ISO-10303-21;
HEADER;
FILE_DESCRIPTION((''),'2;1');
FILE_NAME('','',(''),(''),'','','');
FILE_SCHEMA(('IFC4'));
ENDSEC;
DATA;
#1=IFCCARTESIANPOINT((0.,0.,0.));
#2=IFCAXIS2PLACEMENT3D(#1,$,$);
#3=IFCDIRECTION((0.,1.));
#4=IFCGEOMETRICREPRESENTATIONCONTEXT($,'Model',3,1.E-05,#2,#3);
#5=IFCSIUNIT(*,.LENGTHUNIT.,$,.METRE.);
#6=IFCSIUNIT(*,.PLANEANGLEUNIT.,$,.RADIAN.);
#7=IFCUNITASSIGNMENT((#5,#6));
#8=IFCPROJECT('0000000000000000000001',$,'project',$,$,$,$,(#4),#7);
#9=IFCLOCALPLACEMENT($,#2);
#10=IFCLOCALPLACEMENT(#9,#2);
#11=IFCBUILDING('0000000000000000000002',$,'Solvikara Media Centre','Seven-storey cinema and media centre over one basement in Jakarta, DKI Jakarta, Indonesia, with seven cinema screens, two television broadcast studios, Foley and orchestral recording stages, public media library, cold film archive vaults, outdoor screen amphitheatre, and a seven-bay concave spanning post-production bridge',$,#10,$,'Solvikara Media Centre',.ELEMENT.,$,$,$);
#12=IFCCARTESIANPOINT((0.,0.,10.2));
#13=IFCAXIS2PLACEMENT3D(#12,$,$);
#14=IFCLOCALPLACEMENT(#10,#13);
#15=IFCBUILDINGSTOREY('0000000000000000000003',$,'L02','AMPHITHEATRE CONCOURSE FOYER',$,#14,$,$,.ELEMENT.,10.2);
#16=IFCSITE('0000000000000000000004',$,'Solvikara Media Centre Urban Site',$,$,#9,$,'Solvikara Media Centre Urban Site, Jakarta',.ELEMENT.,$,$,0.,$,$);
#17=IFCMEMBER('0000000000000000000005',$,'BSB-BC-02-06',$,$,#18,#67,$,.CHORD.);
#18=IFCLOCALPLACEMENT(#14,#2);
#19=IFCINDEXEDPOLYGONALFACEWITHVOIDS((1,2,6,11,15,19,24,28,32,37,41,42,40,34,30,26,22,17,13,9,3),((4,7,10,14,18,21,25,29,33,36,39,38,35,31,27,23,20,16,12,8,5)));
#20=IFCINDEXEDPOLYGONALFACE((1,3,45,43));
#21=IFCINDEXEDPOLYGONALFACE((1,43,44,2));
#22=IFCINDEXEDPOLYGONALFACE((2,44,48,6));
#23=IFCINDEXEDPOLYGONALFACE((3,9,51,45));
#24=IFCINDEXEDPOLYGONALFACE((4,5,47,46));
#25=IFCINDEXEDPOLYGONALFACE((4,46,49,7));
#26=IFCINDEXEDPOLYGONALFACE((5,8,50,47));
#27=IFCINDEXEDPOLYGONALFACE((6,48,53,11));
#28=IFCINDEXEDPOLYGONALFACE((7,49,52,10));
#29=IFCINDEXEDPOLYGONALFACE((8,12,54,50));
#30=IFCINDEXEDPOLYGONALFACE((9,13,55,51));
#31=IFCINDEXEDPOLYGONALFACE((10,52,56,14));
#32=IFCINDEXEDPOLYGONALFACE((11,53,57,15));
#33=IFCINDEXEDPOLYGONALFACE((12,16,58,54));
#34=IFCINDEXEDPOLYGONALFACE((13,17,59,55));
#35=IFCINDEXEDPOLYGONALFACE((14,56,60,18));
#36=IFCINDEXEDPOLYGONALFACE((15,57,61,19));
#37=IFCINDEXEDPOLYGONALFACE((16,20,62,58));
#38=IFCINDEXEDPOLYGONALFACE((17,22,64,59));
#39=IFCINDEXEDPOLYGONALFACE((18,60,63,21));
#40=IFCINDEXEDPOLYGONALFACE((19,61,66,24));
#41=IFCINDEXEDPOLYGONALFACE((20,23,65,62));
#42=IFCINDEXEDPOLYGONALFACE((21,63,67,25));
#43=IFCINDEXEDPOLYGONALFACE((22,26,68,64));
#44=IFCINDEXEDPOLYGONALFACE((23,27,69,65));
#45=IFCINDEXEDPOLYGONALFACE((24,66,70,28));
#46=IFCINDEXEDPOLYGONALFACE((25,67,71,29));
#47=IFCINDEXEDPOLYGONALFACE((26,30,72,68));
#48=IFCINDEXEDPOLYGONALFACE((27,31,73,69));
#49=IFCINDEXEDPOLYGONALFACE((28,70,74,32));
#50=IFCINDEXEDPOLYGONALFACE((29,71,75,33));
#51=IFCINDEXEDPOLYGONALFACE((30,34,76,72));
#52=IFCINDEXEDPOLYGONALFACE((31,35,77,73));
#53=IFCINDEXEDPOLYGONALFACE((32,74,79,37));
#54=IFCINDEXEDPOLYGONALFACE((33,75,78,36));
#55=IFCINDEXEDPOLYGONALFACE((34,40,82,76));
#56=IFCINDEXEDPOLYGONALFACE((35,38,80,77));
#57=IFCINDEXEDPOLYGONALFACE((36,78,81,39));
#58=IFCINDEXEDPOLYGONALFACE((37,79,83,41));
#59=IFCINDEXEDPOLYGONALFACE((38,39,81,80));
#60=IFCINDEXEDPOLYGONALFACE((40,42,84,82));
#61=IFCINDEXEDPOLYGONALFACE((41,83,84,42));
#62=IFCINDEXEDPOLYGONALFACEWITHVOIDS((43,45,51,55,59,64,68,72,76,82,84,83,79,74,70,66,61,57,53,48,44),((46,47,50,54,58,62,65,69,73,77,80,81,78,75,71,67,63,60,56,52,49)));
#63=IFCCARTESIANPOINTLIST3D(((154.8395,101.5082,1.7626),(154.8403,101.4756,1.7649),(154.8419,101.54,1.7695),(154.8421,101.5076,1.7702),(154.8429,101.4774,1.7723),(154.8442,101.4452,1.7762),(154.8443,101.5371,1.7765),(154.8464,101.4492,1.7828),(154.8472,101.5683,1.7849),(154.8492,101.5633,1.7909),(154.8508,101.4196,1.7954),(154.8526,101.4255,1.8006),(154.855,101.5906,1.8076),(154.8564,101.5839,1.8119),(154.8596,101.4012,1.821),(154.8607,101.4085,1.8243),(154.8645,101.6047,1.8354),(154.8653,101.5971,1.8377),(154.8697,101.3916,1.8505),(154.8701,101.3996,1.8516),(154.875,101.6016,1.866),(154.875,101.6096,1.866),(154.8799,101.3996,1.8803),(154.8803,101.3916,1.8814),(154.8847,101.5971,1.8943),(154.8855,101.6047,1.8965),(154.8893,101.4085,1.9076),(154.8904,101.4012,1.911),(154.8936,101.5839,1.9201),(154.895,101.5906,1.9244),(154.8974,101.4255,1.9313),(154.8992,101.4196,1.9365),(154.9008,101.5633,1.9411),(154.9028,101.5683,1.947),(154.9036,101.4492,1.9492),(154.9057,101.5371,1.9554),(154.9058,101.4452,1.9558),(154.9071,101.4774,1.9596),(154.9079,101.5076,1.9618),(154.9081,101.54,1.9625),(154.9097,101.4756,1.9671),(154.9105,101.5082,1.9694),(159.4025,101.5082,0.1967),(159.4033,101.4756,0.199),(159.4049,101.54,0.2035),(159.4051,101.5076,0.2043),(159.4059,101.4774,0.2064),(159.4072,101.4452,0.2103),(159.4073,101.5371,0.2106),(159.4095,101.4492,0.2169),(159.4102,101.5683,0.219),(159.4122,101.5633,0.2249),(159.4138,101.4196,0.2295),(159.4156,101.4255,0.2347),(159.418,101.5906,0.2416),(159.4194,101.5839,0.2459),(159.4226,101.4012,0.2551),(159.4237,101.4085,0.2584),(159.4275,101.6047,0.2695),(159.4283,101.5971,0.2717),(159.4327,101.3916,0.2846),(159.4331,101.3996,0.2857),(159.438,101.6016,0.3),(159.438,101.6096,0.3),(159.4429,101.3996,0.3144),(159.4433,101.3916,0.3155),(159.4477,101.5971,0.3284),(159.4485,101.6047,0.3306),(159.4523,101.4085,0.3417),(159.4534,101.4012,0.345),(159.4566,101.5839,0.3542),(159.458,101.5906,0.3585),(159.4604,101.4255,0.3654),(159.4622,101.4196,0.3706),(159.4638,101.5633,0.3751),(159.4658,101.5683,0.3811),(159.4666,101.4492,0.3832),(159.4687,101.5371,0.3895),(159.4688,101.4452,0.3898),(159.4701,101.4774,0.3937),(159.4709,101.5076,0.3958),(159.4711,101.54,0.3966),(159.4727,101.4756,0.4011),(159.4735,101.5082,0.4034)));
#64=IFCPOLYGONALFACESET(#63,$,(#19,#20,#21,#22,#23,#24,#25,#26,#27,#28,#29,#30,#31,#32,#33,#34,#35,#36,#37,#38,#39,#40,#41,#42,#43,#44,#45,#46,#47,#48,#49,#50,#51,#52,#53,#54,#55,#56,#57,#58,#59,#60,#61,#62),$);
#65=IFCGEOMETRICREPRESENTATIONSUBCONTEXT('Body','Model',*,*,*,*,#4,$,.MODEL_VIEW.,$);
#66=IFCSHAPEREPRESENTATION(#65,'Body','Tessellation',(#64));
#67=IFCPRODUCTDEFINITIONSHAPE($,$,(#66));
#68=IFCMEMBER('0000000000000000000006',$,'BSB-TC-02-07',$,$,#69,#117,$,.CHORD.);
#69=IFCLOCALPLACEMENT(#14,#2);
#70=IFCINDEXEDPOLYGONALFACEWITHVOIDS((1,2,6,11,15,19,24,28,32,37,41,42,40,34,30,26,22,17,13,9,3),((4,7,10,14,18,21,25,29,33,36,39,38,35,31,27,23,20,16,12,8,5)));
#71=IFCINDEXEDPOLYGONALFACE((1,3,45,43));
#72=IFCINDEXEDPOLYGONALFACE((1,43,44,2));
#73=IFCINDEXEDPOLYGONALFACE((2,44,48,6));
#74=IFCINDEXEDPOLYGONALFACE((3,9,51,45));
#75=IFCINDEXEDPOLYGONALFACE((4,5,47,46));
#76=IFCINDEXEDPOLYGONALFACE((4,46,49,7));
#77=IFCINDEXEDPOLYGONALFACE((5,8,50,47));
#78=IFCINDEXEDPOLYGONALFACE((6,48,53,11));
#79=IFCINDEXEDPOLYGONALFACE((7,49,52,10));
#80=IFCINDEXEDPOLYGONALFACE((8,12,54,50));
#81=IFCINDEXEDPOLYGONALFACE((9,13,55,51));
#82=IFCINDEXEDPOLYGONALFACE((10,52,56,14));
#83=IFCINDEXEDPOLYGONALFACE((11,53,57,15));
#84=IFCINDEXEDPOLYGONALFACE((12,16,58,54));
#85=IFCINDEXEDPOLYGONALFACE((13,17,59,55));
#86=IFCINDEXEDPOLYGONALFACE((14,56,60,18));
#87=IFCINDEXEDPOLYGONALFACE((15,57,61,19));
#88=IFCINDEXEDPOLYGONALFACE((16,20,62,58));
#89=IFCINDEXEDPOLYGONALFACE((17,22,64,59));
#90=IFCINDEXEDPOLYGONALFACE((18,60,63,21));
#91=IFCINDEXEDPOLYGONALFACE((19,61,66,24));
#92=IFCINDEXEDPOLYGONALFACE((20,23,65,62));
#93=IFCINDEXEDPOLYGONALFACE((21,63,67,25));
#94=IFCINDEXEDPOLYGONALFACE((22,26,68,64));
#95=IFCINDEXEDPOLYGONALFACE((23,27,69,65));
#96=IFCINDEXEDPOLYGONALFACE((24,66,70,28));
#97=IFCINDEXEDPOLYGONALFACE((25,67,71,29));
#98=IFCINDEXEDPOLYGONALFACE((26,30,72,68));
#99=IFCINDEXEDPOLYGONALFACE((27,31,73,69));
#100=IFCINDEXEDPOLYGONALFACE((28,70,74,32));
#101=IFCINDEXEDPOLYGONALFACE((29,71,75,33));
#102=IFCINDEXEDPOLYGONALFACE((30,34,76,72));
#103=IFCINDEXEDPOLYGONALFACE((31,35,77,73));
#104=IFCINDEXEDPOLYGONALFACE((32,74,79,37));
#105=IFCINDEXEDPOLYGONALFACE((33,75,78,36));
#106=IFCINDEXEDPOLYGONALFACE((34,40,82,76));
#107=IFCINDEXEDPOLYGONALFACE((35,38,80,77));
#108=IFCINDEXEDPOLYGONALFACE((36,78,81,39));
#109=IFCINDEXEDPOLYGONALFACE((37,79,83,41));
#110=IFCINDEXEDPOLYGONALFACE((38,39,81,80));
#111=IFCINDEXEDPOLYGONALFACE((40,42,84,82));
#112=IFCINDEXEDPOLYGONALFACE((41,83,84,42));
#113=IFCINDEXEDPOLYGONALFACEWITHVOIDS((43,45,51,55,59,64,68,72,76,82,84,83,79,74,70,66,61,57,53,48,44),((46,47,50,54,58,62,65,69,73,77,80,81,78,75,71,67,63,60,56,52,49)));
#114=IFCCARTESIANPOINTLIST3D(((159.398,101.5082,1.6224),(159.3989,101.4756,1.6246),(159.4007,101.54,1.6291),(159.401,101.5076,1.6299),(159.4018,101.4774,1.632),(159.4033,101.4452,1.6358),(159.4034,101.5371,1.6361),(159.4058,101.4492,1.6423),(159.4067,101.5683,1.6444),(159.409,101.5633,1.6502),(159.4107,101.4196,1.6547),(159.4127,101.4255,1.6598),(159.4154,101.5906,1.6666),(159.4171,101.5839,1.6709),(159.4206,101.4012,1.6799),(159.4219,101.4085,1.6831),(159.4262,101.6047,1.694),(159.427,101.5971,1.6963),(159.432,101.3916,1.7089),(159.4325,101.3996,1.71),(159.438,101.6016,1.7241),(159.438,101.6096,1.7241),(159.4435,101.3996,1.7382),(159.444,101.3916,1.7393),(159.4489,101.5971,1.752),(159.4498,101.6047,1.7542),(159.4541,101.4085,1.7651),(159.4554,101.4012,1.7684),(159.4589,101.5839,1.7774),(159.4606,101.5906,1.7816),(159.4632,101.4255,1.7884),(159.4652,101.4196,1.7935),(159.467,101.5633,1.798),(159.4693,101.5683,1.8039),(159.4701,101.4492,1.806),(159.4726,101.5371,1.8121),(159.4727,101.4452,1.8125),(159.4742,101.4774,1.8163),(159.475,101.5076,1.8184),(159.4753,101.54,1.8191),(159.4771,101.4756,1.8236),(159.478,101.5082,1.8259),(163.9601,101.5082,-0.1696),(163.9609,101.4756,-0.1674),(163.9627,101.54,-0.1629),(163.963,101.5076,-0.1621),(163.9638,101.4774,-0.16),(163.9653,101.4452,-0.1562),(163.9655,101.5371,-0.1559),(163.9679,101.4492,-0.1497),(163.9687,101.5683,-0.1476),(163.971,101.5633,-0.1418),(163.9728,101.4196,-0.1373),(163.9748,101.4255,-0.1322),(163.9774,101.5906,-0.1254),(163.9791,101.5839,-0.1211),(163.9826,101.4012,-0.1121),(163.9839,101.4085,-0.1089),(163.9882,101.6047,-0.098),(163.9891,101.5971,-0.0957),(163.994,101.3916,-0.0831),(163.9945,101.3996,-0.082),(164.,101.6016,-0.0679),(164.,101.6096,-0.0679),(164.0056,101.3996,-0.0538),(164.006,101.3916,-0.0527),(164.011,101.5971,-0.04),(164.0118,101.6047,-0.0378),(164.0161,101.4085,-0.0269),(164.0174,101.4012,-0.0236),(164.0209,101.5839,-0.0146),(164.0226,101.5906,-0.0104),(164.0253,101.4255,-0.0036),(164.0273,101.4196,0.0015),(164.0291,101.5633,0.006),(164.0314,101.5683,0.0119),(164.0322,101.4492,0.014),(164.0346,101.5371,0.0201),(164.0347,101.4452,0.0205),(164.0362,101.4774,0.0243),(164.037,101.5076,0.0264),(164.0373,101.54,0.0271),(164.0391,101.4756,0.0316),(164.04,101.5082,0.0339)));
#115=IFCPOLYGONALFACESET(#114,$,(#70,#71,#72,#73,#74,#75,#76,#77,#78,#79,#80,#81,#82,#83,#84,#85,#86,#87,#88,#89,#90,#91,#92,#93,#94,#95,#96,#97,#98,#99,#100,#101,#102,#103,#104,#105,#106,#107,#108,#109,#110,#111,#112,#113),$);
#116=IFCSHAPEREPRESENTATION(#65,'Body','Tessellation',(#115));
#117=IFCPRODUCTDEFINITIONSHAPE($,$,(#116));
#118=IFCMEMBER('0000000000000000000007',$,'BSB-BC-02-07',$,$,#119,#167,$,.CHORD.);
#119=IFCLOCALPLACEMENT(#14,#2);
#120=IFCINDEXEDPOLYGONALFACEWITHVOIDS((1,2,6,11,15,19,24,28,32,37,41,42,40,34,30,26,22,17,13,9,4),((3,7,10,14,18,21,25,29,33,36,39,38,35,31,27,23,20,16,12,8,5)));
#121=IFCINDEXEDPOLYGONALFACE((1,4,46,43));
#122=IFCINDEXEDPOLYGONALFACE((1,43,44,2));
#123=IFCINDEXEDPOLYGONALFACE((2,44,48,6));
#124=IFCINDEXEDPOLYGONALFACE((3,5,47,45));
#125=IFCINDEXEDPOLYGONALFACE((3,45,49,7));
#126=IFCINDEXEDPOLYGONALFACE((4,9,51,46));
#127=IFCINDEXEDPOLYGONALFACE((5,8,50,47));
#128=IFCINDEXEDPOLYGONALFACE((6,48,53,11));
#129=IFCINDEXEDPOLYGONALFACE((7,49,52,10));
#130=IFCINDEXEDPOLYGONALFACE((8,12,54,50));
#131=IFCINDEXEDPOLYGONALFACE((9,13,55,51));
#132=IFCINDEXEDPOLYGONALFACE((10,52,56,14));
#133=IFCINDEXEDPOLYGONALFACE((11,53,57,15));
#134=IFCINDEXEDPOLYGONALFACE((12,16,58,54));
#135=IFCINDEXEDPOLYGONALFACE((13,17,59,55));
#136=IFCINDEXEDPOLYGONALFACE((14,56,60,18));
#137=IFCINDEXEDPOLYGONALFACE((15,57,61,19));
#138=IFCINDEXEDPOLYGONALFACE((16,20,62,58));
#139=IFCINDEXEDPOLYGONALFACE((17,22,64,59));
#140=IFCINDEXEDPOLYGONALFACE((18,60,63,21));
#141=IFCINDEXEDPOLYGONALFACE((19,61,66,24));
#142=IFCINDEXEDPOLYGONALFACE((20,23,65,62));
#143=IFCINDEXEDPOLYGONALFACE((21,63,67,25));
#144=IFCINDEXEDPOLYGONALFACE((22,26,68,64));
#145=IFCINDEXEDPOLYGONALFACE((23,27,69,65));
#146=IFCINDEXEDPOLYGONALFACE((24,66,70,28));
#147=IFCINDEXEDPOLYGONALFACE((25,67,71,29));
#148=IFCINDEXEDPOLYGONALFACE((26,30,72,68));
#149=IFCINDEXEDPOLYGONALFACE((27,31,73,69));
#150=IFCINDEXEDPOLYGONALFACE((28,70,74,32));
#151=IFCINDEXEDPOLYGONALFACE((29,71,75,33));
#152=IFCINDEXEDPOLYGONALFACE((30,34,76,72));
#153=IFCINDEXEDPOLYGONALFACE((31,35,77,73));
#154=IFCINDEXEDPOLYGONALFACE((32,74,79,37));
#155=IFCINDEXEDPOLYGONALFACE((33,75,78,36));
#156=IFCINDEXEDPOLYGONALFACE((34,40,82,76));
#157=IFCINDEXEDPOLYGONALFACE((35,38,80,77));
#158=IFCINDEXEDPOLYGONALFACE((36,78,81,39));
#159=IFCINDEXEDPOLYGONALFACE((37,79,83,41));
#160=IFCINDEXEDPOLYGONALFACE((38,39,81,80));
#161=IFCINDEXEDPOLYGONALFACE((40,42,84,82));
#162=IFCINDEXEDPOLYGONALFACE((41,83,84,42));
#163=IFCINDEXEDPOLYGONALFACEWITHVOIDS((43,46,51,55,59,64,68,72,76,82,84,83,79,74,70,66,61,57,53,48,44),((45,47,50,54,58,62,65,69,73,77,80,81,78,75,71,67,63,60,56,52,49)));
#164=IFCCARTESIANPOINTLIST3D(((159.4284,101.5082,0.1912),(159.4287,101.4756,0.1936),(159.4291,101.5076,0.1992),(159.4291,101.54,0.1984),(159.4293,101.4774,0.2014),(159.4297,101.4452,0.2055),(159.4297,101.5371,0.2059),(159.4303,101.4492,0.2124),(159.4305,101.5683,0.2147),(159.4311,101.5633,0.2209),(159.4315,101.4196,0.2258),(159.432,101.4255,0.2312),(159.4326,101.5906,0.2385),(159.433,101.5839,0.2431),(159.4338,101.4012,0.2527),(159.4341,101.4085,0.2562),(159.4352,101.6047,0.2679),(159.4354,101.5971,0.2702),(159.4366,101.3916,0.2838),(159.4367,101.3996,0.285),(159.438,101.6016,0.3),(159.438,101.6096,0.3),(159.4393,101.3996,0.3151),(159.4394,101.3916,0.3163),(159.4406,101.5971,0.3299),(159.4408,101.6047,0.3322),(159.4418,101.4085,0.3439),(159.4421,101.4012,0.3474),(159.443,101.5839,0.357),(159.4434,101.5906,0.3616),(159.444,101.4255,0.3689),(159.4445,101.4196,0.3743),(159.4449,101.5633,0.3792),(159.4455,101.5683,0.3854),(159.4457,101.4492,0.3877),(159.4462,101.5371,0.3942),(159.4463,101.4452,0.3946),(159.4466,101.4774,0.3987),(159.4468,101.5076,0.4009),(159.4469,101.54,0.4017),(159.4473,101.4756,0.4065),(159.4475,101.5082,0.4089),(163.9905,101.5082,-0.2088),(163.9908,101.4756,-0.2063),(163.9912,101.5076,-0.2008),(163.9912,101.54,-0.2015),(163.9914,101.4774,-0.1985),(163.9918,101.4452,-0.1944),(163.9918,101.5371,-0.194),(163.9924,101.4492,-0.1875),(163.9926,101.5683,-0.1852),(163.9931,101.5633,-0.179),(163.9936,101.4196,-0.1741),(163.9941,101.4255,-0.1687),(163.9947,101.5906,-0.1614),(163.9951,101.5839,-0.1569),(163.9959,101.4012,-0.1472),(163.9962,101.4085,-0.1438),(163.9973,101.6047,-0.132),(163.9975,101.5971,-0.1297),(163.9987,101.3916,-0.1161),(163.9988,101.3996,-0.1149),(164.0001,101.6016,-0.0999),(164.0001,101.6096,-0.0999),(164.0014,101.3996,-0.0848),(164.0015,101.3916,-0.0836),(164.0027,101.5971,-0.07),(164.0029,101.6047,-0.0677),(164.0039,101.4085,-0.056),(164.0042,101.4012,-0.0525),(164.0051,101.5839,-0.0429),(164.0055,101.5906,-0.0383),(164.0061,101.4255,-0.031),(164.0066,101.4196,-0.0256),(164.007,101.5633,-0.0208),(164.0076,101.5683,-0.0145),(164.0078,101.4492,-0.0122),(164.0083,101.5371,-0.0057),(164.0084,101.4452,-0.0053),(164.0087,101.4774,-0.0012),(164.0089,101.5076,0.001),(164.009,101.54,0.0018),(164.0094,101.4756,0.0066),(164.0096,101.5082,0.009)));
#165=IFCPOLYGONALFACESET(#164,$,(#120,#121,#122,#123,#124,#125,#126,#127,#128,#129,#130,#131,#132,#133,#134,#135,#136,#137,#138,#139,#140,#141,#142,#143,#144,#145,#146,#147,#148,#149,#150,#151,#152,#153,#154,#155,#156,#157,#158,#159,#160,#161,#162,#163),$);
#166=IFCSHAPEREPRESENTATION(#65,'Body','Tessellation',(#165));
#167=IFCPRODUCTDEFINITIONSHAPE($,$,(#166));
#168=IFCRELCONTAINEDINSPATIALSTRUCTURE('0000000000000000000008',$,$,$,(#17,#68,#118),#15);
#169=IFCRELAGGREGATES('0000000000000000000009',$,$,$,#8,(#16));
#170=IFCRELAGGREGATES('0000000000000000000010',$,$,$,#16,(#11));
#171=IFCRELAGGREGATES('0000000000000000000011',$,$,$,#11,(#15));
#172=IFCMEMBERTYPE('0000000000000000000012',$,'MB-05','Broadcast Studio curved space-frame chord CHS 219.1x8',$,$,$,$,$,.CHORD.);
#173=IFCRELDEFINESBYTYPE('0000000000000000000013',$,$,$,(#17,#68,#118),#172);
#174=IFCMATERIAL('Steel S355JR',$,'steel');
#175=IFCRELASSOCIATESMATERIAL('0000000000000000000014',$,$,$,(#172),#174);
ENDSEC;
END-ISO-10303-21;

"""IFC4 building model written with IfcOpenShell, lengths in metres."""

from ifc_helpers import new_model, si_unit, direction, frame, origin, origin_2d, place, context, subcontext, project, spatial, hollow_circle, extrude, material, material_profile, profile_set, type_object, element, save


model = new_model("IFC4")

# Units and contexts
model_context = context("Model", 3, precision=1e-05, world=origin(), true_north=direction((0.0, 1.0)))
body_context = subcontext(model_context, "Body", "Model", "MODEL_VIEW")
ifc_project = project(units=[si_unit("LENGTHUNIT", "METRE"), si_unit("PLANEANGLEUNIT", "RADIAN")], contexts=[model_context])

# Site, building, storey
site_placement = place(None, origin())
site = spatial("IfcSite", under=ifc_project, at=site_placement, Name="Solvikara Media Centre Urban Site", LongName="Solvikara Media Centre Urban Site, Jakarta", CompositionType="ELEMENT", RefElevation=0.0)
building_placement = place(site_placement, origin())
building = spatial("IfcBuilding", under=site, at=building_placement, Name="Solvikara Media Centre", Description="Seven-storey cinema and media centre over one basement in Jakarta, DKI Jakarta, Indonesia, with seven cinema screens, two television broadcast studios, Foley and orchestral recording stages, public media library, cold film archive vaults, outdoor screen amphitheatre, and a seven-bay concave spanning post-production bridge", LongName="Solvikara Media Centre", CompositionType="ELEMENT")
storey_placement = place(building_placement, frame((0.0, 0.0, 10.2)))
storey = spatial("IfcBuildingStorey", under=building, at=storey_placement, Name="L02", Description="AMPHITHEATRE CONCOURSE FOYER", CompositionType="ELEMENT", Elevation=10.2)

# Shared definitions
ifc_material_1 = material(Name="Steel S355JR", Category="steel")

# Members
ifc_material_profile_1 = material_profile(ifc_material_1, hollow_circle(Radius=0.1096, WallThickness=0.0081, at=origin_2d()), Name="CHS 219.1x8")
ifc_profile_set_1 = profile_set([ifc_material_profile_1], Name="Steel S355JR")
member_type_1 = type_object("IfcMemberType", Name="MB-05", Description="Broadcast Studio curved space-frame chord CHS 219.1x8", PredefinedType="CHORD", material=ifc_profile_set_1)
member_1_placement = place(storey_placement, frame((154.875, 101.5, 1.866), z_axis=(0.945853, 0.0, -0.324596), x_axis=(0.0, 1.0, 0.0)))
element("IfcMember", 1, at=member_1_placement, inside=storey, type_object=member_type_1, Name="BSB-BC-02-06", PredefinedType="CHORD", context=body_context, shape_type="SweptSolid", body=[
    extrude(hollow_circle(Radius=0.1096, WallThickness=0.0081, at=origin_2d()), origin(), (0.0, 0.0, 1.0), 4.8242),
])
member_2_placement = place(storey_placement, frame((159.438, 101.5, 1.7241), z_axis=(0.930767, 0.0, -0.365612), x_axis=(0.0, 1.0, 0.0)))
element("IfcMember", 2, at=member_2_placement, inside=storey, type_object=member_type_1, Name="BSB-TC-02-07", PredefinedType="CHORD", context=body_context, shape_type="SweptSolid", body=[
    extrude(hollow_circle(Radius=0.1096, WallThickness=0.0081, at=origin_2d()), origin(), (0.0, 0.0, 1.0), 4.9014),
])
member_3_placement = place(storey_placement, frame((159.438, 101.5, 0.3), z_axis=(0.99618, 0.0, -0.087324), x_axis=(0.0, 1.0, 0.0)))
element("IfcMember", 3, at=member_3_placement, inside=storey, type_object=member_type_1, Name="BSB-BC-02-07", PredefinedType="CHORD", context=body_context, shape_type="SweptSolid", body=[
    extrude(hollow_circle(Radius=0.1096, WallThickness=0.0081, at=origin_2d()), origin(), (0.0, 0.0, 1.0), 4.5796),
])

save(model, "model.ifc")
